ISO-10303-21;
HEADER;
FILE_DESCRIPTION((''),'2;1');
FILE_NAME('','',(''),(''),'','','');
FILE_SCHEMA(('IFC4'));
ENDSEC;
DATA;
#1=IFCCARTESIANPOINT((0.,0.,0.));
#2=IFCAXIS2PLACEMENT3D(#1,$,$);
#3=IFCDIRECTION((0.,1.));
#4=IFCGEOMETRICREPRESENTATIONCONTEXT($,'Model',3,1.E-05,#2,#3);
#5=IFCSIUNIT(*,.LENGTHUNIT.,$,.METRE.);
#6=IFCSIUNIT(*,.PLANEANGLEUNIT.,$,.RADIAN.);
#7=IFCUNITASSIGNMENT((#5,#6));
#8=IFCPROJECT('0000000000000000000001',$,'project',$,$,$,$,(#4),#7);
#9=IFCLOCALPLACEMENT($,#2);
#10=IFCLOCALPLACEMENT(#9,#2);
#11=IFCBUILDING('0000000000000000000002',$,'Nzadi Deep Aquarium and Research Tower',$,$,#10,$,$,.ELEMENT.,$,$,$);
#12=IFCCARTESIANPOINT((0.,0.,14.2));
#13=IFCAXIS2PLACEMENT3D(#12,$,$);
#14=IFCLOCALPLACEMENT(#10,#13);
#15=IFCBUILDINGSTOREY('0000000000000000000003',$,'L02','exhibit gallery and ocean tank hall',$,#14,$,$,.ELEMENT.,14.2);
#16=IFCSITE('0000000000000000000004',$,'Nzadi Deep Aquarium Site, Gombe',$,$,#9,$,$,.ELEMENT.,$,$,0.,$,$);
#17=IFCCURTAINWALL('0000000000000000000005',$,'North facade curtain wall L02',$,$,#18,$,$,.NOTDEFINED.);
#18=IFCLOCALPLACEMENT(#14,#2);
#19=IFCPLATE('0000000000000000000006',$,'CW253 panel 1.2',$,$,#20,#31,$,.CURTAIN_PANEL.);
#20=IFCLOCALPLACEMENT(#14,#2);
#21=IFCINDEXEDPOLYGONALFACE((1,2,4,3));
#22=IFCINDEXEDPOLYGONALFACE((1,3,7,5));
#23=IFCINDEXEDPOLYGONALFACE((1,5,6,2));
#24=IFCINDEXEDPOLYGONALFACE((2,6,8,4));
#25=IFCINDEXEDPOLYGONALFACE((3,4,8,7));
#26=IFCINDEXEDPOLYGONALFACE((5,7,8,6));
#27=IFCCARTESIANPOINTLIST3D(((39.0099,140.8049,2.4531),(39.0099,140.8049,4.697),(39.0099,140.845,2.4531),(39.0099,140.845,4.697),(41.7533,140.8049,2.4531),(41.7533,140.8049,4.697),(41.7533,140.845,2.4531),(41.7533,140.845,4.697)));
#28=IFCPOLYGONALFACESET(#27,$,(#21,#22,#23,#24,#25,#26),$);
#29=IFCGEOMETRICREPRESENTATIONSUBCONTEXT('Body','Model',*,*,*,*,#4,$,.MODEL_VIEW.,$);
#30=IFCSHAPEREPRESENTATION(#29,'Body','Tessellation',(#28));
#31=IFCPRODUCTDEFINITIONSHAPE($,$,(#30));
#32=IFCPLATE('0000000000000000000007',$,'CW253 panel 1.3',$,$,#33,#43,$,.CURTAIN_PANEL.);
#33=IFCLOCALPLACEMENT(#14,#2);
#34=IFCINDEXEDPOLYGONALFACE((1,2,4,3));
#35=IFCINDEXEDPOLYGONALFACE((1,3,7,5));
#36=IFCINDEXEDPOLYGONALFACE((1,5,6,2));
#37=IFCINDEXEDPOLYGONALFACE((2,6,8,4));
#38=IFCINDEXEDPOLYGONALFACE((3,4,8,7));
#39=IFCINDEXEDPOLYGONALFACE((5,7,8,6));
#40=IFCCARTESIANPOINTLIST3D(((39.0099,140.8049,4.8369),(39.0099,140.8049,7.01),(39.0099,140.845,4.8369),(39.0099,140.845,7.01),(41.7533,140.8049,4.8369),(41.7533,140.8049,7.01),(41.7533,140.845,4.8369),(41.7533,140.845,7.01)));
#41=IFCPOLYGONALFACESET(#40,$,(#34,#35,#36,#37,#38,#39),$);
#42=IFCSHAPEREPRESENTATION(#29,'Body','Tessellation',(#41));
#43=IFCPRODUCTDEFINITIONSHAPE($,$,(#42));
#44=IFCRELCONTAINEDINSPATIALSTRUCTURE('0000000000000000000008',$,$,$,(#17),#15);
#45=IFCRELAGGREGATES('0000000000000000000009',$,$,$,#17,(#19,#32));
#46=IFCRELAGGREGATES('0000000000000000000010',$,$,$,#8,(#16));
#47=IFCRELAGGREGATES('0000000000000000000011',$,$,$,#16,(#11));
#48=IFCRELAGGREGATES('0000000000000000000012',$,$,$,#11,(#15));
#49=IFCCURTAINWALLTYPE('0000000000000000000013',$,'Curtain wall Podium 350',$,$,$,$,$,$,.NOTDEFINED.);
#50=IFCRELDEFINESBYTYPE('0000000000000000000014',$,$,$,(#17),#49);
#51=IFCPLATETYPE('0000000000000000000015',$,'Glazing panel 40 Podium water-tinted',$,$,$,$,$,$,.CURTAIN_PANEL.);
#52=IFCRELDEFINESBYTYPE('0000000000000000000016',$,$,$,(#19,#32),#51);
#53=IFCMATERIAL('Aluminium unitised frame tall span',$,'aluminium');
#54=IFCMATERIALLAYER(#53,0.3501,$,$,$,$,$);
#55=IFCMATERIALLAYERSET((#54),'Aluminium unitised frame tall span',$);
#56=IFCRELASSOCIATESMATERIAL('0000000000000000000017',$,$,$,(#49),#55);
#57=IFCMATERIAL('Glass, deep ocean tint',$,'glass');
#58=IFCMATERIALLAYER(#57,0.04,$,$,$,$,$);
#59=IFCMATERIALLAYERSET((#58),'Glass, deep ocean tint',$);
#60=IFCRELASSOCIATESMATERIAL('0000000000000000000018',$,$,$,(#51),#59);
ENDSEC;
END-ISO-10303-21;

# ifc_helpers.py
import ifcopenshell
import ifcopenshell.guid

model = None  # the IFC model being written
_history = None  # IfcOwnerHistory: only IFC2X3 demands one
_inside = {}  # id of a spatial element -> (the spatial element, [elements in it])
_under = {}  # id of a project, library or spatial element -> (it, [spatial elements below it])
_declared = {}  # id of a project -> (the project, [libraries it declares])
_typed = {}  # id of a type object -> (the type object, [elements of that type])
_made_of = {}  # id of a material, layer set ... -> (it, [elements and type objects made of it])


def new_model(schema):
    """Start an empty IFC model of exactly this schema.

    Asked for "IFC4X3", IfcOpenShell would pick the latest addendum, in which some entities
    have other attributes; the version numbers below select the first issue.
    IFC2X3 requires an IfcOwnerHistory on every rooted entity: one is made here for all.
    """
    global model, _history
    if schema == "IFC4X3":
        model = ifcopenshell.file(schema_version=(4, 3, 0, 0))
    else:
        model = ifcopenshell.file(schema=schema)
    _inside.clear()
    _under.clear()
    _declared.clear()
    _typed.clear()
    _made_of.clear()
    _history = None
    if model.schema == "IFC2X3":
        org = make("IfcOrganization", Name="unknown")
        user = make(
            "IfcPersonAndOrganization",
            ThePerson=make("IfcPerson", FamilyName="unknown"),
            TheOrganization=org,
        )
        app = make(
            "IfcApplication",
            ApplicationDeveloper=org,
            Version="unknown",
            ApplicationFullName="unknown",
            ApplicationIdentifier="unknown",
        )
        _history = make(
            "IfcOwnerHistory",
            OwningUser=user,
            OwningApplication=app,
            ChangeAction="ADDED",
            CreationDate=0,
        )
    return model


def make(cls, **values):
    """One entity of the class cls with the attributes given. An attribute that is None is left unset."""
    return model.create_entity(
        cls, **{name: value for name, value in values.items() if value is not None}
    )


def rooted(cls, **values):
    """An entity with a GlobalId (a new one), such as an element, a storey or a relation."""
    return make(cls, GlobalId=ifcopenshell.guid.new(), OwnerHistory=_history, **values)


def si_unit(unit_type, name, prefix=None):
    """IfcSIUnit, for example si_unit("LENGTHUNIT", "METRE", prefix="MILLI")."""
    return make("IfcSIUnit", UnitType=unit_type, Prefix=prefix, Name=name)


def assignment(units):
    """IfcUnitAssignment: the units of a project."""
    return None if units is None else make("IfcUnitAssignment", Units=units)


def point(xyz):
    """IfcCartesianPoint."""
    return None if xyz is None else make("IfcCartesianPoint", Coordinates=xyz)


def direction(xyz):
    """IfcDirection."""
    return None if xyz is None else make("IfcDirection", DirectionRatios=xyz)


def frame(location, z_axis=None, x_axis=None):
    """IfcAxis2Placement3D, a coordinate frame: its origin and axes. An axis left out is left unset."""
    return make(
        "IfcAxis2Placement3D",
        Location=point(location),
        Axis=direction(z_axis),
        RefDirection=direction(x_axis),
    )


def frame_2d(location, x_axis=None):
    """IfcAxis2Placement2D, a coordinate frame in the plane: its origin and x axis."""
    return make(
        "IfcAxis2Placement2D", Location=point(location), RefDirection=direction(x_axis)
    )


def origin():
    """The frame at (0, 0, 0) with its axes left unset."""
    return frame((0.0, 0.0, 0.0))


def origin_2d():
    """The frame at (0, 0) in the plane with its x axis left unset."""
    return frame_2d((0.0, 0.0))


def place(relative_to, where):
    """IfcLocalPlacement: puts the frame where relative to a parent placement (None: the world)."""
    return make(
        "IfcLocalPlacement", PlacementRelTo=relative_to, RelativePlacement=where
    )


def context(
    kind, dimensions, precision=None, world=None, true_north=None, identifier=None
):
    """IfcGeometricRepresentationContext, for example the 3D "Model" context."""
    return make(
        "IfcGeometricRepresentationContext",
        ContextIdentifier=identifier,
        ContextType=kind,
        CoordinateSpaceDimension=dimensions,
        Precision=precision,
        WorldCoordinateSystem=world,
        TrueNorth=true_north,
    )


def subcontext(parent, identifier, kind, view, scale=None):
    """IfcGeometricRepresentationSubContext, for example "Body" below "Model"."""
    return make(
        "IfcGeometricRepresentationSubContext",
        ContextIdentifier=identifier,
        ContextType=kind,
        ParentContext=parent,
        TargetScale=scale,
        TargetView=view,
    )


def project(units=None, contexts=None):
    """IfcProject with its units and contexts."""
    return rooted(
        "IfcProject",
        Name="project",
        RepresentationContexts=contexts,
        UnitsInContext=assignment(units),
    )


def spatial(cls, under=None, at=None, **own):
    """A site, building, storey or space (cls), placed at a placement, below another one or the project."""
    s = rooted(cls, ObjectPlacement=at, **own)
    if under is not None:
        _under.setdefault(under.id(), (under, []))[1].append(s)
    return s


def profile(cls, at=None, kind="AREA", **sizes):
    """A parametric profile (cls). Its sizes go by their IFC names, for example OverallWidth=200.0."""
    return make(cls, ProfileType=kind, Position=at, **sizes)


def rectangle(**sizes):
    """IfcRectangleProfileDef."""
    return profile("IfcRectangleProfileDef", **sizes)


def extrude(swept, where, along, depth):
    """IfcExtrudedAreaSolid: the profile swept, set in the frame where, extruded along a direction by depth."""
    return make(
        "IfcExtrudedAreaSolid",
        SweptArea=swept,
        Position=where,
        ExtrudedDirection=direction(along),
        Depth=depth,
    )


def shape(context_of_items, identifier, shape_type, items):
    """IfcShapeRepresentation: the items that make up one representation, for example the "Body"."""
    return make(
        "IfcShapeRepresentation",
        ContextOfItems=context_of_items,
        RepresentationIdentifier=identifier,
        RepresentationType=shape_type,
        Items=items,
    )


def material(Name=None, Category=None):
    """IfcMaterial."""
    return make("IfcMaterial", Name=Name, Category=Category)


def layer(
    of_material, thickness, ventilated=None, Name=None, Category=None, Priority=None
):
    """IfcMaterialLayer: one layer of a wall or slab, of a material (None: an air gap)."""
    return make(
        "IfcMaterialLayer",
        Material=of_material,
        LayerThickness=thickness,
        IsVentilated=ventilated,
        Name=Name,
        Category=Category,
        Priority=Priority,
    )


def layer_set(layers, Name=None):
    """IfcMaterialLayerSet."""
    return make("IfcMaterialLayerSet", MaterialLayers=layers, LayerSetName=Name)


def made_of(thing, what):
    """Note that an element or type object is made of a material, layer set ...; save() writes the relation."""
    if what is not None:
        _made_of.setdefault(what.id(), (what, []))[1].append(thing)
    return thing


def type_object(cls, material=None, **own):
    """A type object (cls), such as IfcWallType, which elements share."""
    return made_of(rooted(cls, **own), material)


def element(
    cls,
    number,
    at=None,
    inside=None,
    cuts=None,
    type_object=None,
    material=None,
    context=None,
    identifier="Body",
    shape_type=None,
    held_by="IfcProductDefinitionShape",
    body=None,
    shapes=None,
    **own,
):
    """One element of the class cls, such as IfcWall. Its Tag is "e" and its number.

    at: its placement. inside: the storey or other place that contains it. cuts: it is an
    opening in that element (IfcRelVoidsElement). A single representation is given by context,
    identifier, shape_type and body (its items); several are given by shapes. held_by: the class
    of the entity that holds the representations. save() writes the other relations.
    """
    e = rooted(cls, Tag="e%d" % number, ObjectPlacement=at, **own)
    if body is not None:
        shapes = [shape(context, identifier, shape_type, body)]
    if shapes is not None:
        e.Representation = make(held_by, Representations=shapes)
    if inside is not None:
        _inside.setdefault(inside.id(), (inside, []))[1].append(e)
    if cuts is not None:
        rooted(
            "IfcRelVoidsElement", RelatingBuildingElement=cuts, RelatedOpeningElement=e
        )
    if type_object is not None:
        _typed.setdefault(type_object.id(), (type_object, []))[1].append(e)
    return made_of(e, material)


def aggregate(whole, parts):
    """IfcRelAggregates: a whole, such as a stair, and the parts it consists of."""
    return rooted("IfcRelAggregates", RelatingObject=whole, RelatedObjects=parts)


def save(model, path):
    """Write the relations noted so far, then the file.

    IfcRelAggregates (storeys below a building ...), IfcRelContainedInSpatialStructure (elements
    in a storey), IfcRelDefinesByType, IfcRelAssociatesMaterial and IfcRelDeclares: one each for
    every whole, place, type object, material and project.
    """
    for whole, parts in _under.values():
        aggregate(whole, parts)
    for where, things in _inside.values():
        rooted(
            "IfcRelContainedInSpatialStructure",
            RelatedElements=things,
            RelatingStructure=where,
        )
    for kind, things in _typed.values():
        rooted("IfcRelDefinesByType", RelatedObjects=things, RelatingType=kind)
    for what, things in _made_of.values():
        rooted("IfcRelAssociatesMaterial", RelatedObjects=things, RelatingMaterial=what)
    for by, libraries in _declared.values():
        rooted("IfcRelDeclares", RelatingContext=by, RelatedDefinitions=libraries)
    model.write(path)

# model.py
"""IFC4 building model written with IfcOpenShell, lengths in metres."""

from ifc_helpers import new_model, si_unit, direction, frame, origin, origin_2d, place, context, subcontext, project, spatial, rectangle, extrude, material, layer, layer_set, type_object, element, aggregate, save


model = new_model("IFC4")

# Units and contexts
model_context = context("Model", 3, precision=1e-05, world=origin(), true_north=direction((0.0, 1.0)))
body_context = subcontext(model_context, "Body", "Model", "MODEL_VIEW")
ifc_project = project(units=[si_unit("LENGTHUNIT", "METRE"), si_unit("PLANEANGLEUNIT", "RADIAN")], contexts=[model_context])

# Site, building, storey
site_placement = place(None, origin())
site = spatial("IfcSite", under=ifc_project, at=site_placement, Name="Nzadi Deep Aquarium Site, Gombe", CompositionType="ELEMENT", RefElevation=0.0)
building_placement = place(site_placement, origin())
building = spatial("IfcBuilding", under=site, at=building_placement, Name="Nzadi Deep Aquarium and Research Tower", CompositionType="ELEMENT")
storey_placement = place(building_placement, frame((0.0, 0.0, 14.2)))
storey = spatial("IfcBuildingStorey", under=building, at=storey_placement, Name="L02", Description="exhibit gallery and ocean tank hall", CompositionType="ELEMENT", Elevation=14.2)

# Shared definitions
ifc_material_1 = material(Name="Aluminium unitised frame tall span", Category="aluminium")
ifc_layer_1 = layer(ifc_material_1, 0.3501)
ifc_layer_set_1 = layer_set([ifc_layer_1], Name="Aluminium unitised frame tall span")
curtain_wall_type = type_object("IfcCurtainWallType", Name="Curtain wall Podium 350", PredefinedType="NOTDEFINED", material=ifc_layer_set_1)

# Curtain wall
curtain_wall_1_placement = place(storey_placement, origin())
curtain_wall_1 = element("IfcCurtainWall", 1, at=curtain_wall_1_placement, inside=storey, type_object=curtain_wall_type, Name="North facade curtain wall L02", PredefinedType="NOTDEFINED")

# Plates
ifc_material_2 = material(Name="Glass, deep ocean tint", Category="glass")
ifc_layer_2 = layer(ifc_material_2, 0.04)
ifc_layer_set_2 = layer_set([ifc_layer_2], Name="Glass, deep ocean tint")
plate_type = type_object("IfcPlateType", Name="Glazing panel 40 Podium water-tinted", PredefinedType="CURTAIN_PANEL", material=ifc_layer_set_2)
plate_1_placement = place(storey_placement, frame((40.3816, 140.825, 2.4531), z_axis=(0.0, 0.0, 1.0), x_axis=(1.0, 0.0, 0.0)))
plate_1 = element("IfcPlate", 2, at=plate_1_placement, type_object=plate_type, Name="CW253 panel 1.2", PredefinedType="CURTAIN_PANEL", context=body_context, shape_type="SweptSolid", body=[
    extrude(rectangle(XDim=2.7434, YDim=0.04, at=origin_2d()), origin(), (0.0, 0.0, 1.0), 2.2439),
])
plate_2_placement = place(storey_placement, frame((40.3816, 140.825, 4.8369), z_axis=(0.0, 0.0, 1.0), x_axis=(1.0, 0.0, 0.0)))
plate_2 = element("IfcPlate", 3, at=plate_2_placement, type_object=plate_type, Name="CW253 panel 1.3", PredefinedType="CURTAIN_PANEL", context=body_context, shape_type="SweptSolid", body=[
    extrude(rectangle(XDim=2.7434, YDim=0.04, at=origin_2d()), origin(), (0.0, 0.0, 1.0), 2.1731),
])
aggregate(curtain_wall_1, [plate_1, plate_2])

save(model, "model.ifc")
